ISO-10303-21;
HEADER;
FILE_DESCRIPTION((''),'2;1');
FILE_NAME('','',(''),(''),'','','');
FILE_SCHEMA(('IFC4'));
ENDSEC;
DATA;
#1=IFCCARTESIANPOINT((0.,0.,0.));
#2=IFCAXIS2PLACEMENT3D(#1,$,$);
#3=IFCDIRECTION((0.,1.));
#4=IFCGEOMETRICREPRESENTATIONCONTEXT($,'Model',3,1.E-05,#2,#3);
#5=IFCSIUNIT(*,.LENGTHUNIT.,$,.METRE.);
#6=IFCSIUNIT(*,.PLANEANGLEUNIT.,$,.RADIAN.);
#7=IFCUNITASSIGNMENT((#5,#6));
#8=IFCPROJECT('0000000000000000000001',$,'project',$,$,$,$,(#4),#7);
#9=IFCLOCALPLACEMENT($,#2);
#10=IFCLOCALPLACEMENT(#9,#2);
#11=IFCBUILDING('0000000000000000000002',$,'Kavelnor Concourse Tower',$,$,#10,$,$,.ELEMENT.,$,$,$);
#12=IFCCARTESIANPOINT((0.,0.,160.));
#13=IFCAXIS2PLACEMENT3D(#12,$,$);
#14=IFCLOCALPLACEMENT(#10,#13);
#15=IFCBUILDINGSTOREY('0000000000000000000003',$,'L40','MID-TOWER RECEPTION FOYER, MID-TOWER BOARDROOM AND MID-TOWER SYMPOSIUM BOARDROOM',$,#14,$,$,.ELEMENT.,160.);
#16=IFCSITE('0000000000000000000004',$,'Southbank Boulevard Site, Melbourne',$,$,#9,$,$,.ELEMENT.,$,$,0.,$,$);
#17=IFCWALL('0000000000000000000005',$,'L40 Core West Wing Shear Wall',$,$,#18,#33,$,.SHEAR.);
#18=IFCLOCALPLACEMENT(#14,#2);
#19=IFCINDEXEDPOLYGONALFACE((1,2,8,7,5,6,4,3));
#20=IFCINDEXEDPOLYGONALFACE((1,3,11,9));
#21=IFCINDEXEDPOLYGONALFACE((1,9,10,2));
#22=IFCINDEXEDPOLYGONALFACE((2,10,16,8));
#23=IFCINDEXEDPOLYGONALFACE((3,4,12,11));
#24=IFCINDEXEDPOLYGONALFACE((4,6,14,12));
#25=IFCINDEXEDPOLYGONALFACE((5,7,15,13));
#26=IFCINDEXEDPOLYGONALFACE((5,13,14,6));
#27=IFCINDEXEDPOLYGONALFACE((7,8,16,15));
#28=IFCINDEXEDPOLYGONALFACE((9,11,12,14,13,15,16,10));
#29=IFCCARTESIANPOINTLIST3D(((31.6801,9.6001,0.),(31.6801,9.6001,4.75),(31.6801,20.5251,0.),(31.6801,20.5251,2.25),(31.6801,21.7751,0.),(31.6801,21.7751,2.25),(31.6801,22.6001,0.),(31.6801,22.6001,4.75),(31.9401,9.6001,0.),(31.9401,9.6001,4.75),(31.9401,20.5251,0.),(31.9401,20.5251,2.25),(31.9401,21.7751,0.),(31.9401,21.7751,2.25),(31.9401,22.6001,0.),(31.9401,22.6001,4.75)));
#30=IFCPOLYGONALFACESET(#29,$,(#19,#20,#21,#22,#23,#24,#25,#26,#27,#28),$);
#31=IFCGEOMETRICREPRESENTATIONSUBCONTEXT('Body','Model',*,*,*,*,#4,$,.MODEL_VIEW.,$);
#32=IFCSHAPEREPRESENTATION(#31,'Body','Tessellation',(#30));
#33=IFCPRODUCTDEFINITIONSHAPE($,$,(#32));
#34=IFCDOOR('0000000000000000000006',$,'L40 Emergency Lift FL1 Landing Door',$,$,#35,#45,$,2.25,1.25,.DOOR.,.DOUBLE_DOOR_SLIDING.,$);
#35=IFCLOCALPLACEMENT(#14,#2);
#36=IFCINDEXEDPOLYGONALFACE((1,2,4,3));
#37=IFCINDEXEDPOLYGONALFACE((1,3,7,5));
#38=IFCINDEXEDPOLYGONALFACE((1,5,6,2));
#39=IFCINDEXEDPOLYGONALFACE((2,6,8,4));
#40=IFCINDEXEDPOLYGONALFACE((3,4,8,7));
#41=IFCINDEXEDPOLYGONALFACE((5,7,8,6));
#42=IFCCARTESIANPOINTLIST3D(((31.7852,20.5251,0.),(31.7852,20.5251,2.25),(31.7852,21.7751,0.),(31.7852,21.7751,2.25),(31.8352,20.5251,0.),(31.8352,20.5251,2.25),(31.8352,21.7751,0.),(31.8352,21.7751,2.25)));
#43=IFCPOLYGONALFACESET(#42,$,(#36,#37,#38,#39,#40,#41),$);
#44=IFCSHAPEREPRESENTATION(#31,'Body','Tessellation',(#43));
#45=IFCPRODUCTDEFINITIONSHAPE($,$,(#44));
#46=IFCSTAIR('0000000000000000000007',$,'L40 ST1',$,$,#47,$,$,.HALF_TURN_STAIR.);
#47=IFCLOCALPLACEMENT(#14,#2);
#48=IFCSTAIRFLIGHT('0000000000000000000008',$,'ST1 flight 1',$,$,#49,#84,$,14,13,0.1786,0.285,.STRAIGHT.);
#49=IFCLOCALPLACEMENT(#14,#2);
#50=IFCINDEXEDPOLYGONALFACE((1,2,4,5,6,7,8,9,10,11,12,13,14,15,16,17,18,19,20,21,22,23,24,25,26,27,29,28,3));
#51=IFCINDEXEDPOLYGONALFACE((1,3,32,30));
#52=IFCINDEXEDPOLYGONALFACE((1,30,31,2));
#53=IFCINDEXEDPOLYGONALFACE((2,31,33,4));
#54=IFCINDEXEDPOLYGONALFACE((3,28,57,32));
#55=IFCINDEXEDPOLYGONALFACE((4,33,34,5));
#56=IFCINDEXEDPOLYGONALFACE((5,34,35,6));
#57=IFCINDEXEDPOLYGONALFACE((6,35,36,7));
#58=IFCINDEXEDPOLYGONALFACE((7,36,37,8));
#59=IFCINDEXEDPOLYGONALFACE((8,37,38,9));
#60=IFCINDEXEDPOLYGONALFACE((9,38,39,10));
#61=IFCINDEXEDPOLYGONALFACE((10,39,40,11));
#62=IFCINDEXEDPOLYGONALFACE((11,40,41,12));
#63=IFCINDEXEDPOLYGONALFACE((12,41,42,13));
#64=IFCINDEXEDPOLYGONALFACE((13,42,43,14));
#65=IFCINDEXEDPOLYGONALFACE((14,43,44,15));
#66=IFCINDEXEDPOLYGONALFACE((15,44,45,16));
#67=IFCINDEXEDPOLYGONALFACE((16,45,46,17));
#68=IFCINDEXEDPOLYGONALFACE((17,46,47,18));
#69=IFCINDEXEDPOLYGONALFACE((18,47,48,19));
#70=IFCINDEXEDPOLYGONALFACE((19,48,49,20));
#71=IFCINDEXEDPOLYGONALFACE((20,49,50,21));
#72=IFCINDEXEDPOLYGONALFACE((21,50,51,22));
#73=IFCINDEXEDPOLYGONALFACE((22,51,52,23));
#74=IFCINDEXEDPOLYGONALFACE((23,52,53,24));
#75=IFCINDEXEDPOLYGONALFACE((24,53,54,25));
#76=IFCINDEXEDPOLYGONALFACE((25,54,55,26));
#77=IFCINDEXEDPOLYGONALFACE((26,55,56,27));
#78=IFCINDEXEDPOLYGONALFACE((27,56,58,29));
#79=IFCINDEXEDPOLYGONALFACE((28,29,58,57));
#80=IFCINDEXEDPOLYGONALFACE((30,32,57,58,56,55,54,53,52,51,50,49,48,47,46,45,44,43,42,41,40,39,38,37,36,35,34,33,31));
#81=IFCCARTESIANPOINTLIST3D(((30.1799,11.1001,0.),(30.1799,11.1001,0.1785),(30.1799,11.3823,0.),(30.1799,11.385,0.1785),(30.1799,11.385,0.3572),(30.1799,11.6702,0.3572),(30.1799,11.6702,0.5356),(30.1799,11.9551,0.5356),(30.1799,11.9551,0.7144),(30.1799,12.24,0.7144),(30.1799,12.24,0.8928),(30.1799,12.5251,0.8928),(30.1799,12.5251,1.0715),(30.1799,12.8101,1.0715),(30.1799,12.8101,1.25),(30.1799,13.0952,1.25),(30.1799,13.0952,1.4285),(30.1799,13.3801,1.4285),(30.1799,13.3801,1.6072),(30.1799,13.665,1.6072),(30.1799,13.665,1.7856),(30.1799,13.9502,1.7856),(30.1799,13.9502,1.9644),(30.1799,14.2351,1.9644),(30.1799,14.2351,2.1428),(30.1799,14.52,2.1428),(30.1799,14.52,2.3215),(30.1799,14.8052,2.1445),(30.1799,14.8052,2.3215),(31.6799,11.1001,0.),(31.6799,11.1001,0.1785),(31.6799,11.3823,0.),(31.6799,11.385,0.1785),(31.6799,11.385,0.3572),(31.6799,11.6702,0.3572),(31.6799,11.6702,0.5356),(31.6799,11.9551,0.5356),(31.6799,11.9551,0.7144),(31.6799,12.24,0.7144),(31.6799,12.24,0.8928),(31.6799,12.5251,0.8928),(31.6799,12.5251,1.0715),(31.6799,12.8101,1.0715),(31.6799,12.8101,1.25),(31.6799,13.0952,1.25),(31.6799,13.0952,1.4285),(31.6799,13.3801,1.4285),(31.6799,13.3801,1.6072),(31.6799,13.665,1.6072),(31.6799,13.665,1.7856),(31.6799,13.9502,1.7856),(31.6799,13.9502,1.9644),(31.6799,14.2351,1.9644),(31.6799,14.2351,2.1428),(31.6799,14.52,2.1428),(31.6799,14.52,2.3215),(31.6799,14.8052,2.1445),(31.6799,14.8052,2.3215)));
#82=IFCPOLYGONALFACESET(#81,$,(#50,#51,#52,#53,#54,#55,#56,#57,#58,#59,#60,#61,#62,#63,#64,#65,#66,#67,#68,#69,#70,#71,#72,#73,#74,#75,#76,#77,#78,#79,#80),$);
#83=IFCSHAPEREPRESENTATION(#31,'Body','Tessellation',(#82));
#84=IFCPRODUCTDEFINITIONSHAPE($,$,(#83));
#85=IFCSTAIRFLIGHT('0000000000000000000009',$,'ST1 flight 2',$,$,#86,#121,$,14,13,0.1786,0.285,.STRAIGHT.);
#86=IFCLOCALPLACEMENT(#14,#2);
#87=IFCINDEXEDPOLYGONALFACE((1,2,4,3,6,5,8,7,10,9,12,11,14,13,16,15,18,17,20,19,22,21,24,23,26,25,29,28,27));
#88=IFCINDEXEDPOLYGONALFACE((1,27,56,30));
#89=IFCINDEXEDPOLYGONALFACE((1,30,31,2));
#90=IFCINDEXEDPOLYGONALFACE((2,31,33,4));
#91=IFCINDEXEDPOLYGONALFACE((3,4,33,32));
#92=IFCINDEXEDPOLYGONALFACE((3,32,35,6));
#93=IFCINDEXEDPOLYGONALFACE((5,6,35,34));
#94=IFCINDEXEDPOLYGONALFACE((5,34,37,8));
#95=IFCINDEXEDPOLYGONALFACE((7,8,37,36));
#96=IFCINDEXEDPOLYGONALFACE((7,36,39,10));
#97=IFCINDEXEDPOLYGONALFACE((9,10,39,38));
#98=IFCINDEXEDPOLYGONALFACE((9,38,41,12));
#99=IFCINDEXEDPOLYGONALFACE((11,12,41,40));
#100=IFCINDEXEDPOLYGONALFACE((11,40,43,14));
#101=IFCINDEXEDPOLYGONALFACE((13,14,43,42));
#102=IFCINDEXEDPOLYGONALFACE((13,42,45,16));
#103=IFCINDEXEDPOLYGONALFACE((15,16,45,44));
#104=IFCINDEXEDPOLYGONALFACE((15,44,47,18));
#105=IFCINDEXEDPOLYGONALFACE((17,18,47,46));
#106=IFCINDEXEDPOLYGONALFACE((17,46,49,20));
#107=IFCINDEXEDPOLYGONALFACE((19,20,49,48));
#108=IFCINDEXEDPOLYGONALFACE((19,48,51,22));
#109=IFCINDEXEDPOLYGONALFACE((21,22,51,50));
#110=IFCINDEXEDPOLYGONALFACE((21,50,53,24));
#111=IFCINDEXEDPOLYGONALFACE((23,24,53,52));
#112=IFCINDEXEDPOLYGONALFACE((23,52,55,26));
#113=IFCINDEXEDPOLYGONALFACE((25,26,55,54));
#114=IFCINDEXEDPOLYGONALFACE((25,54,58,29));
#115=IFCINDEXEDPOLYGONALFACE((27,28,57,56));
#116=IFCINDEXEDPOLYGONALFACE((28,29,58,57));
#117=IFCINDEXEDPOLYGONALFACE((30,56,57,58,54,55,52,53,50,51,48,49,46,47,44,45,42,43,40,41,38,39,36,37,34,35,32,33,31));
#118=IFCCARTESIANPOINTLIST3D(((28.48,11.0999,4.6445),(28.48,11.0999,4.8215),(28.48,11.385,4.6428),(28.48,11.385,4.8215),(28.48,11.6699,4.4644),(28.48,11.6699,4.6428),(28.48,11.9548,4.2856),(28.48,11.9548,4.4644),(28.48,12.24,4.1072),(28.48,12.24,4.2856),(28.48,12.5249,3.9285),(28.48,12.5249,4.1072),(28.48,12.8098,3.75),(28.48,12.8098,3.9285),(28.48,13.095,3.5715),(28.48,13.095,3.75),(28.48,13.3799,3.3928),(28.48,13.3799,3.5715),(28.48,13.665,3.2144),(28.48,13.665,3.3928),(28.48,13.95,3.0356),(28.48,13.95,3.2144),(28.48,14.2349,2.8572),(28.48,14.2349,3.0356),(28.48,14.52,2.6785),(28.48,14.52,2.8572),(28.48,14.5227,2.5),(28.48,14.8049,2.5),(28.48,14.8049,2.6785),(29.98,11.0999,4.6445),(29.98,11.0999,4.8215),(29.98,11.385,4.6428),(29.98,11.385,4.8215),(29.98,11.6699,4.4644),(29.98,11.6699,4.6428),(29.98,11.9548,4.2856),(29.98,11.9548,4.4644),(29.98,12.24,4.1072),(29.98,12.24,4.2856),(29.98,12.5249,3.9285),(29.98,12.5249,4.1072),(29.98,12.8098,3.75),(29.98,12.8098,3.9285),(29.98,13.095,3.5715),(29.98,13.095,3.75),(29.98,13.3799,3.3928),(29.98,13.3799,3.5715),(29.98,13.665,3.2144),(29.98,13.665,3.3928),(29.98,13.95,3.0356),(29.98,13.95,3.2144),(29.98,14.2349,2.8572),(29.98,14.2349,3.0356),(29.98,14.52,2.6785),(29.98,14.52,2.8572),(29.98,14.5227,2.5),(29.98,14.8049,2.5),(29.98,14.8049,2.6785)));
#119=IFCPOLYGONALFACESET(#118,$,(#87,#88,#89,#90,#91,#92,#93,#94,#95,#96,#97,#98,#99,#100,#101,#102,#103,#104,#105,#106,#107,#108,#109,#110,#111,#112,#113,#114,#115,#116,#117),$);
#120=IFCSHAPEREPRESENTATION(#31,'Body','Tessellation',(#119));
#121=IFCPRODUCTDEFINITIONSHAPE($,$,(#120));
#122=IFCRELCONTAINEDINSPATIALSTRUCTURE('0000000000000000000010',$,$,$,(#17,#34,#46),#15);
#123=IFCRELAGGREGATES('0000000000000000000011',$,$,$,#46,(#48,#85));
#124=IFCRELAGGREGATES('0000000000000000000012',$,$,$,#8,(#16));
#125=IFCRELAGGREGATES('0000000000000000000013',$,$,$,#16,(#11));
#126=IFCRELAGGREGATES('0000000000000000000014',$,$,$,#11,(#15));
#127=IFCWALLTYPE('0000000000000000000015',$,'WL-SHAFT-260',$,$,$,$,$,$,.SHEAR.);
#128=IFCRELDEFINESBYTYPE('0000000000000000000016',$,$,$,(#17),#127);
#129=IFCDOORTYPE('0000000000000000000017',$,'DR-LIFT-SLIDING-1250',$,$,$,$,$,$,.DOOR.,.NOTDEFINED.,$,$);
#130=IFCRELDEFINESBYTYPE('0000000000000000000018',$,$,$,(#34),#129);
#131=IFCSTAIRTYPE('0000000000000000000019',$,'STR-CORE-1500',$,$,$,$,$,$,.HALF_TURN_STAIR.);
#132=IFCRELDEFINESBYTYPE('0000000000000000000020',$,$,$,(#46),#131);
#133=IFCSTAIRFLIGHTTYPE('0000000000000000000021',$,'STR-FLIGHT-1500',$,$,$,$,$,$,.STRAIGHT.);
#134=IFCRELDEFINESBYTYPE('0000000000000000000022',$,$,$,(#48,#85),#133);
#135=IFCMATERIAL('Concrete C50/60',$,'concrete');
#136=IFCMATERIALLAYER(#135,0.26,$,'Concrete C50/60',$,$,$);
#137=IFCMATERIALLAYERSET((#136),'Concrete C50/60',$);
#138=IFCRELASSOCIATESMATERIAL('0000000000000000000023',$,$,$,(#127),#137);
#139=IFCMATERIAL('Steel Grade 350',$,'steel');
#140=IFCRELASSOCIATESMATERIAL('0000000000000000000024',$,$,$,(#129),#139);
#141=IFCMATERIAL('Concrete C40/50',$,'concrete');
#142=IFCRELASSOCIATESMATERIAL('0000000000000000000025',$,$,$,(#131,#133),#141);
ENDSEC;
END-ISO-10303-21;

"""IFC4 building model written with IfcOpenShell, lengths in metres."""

from ifc_helpers import new_model, si_unit, direction, frame, frame_2d, origin, place, context, subcontext, project, spatial, polyline, rectangle, outline, extrude, material, layer, layer_set, type_object, element, fill, aggregate, save


model = new_model("IFC4")

# Units and contexts
model_context = context("Model", 3, precision=1e-05, world=origin(), true_north=direction((0.0, 1.0)))
body_context = subcontext(model_context, "Body", "Model", "MODEL_VIEW")
ifc_project = project(units=[si_unit("LENGTHUNIT", "METRE"), si_unit("PLANEANGLEUNIT", "RADIAN")], contexts=[model_context])

# Site, building, storey
site_placement = place(None, origin())
site = spatial("IfcSite", under=ifc_project, at=site_placement, Name="Southbank Boulevard Site, Melbourne", CompositionType="ELEMENT", RefElevation=0.0)
building_placement = place(site_placement, origin())
building = spatial("IfcBuilding", under=site, at=building_placement, Name="Kavelnor Concourse Tower", CompositionType="ELEMENT")
storey_placement = place(building_placement, frame((0.0, 0.0, 160.0)))
storey = spatial("IfcBuildingStorey", under=building, at=storey_placement, Name="L40", Description="MID-TOWER RECEPTION FOYER, MID-TOWER BOARDROOM AND MID-TOWER SYMPOSIUM BOARDROOM", CompositionType="ELEMENT", Elevation=160.0)

# Shared definitions
ifc_material_1 = material(Name="Steel Grade 350", Category="steel")

# Shared definitions
ifc_material_2 = material(Name="Concrete C50/60", Category="concrete")

# Wall, opening, door
ifc_layer_1 = layer(ifc_material_2, 0.26, Name="Concrete C50/60")
ifc_layer_set_1 = layer_set([ifc_layer_1], Name="Concrete C50/60")
wall_type_1 = type_object("IfcWallType", Name="WL-SHAFT-260", PredefinedType="SHEAR", material=ifc_layer_set_1)
wall_1_placement = place(storey_placement, frame((31.8101, 9.6001, 0.0), z_axis=(0.0, 0.0, 1.0), x_axis=(0.0, 1.0, 0.0)))
wall_1 = element("IfcWall", 1, at=wall_1_placement, inside=storey, type_object=wall_type_1, Name="L40 Core West Wing Shear Wall", PredefinedType="SHEAR", context=body_context, shape_type="SweptSolid", body=[
    extrude(rectangle(XDim=13.0, YDim=0.26, at=frame_2d((6.5, 0.0))), origin(), (0.0, 0.0, 1.0), 4.75),
])
opening_1_placement = place(wall_1_placement, frame((10.925, 0.0, 0.0)))
opening_1 = element("IfcOpeningElement", 2, at=opening_1_placement, cuts=wall_1, PredefinedType="OPENING", context=body_context, shape_type="SweptSolid", body=[
    extrude(rectangle(XDim=1.25, YDim=2.25, at=frame_2d((0.625, 1.125))), frame((0.0, 0.1401, 0.0), z_axis=(0.0, -1.0, 0.0), x_axis=(1.0, 0.0, 0.0)), (0.0, 0.0, 1.0), 0.28),
])
door_type_1 = type_object("IfcDoorType", Name="DR-LIFT-SLIDING-1250", OperationType="NOTDEFINED", PredefinedType="DOOR", material=ifc_material_1)
door_1_placement = place(opening_1_placement, origin())
door_1 = element("IfcDoor", 3, at=door_1_placement, inside=storey, type_object=door_type_1, Name="L40 Emergency Lift FL1 Landing Door", OperationType="DOUBLE_DOOR_SLIDING", OverallHeight=2.25, OverallWidth=1.25, PredefinedType="DOOR", context=body_context, shape_type="SweptSolid", body=[
    extrude(rectangle(XDim=1.25, YDim=2.25, at=frame_2d((0.625, 1.125))), frame((0.0, 0.0249, 0.0), z_axis=(0.0, -1.0, 0.0), x_axis=(1.0, 0.0, 0.0)), (0.0, 0.0, 1.0), 0.05),
])
fill(opening_1, door_1)

# Stair, stair flights
ifc_material_3 = material(Name="Concrete C40/50", Category="concrete")
stair_type = type_object("IfcStairType", Name="STR-CORE-1500", PredefinedType="HALF_TURN_STAIR", material=ifc_material_3)
stair_placement = place(storey_placement, origin())
stair = element("IfcStair", 4, at=stair_placement, inside=storey, type_object=stair_type, Name="L40 ST1", PredefinedType="HALF_TURN_STAIR")
stair_flight_type = type_object("IfcStairFlightType", Name="STR-FLIGHT-1500", PredefinedType="STRAIGHT", material=ifc_material_3)
stair_flight_1_placement = place(storey_placement, frame((30.9299, 11.1001, 0.0), z_axis=(0.0, 0.0, 1.0), x_axis=(0.0, 1.0, 0.0)))
stair_flight_1 = element("IfcStairFlight", 5, at=stair_flight_1_placement, type_object=stair_flight_type, Name="ST1 flight 1", NumberOfRisers=14, NumberOfTreads=13, PredefinedType="STRAIGHT", RiserHeight=0.1786, TreadLength=0.285, context=body_context, shape_type="SweptSolid", body=[
    extrude(outline(polyline([(0.0, 0.0), (0.0, 0.1785), (0.2849, 0.1785), (0.2849, 0.3572), (0.5701, 0.3572), (0.5701, 0.5356), (0.855, 0.5356), (0.855, 0.7144), (1.1399, 0.7144), (1.1399, 0.8928), (1.425, 0.8928), (1.425, 1.0715), (1.71, 1.0715), (1.71, 1.25), (1.9951, 1.25), (1.9951, 1.4285), (2.28, 1.4285), (2.28, 1.6072), (2.5649, 1.6072), (2.5649, 1.7856), (2.8501, 1.7856), (2.8501, 1.9644), (3.135, 1.9644), (3.135, 2.1428), (3.4199, 2.1428), (3.4199, 2.3215), (3.7051, 2.3215), (3.7051, 2.5), (3.7051, 2.1445), (0.2822, 0.0), (0.0, 0.0)])), frame((0.0, 0.75, 0.0), z_axis=(0.0, -1.0, 0.0), x_axis=(1.0, 0.0, 0.0)), (0.0, 0.0, 1.0), 1.5),
])
stair_flight_2_placement = place(storey_placement, frame((29.23, 14.8049, 2.5), z_axis=(0.0, 0.0, 1.0), x_axis=(0.0, -1.0, 0.0)))
stair_flight_2 = element("IfcStairFlight", 6, at=stair_flight_2_placement, type_object=stair_flight_type, Name="ST1 flight 2", NumberOfRisers=14, NumberOfTreads=13, PredefinedType="STRAIGHT", RiserHeight=0.1786, TreadLength=0.285, context=body_context, shape_type="SweptSolid", body=[
    extrude(outline(polyline([(0.0, 0.0), (0.0, 0.1785), (0.2849, 0.1785), (0.2849, 0.3572), (0.5701, 0.3572), (0.5701, 0.5356), (0.855, 0.5356), (0.855, 0.7144), (1.1399, 0.7144), (1.1399, 0.8928), (1.425, 0.8928), (1.425, 1.0715), (1.71, 1.0715), (1.71, 1.25), (1.9951, 1.25), (1.9951, 1.4285), (2.28, 1.4285), (2.28, 1.6072), (2.5649, 1.6072), (2.5649, 1.7856), (2.8501, 1.7856), (2.8501, 1.9644), (3.135, 1.9644), (3.135, 2.1428), (3.4199, 2.1428), (3.4199, 2.3215), (3.7051, 2.3215), (3.7051, 2.5), (3.7051, 2.1445), (0.2822, 0.0), (0.0, 0.0)])), frame((0.0, 0.75, 0.0), z_axis=(0.0, -1.0, 0.0), x_axis=(1.0, 0.0, 0.0)), (0.0, 0.0, 1.0), 1.5),
])
aggregate(stair, [stair_flight_1, stair_flight_2])

save(model, "model.ifc")
